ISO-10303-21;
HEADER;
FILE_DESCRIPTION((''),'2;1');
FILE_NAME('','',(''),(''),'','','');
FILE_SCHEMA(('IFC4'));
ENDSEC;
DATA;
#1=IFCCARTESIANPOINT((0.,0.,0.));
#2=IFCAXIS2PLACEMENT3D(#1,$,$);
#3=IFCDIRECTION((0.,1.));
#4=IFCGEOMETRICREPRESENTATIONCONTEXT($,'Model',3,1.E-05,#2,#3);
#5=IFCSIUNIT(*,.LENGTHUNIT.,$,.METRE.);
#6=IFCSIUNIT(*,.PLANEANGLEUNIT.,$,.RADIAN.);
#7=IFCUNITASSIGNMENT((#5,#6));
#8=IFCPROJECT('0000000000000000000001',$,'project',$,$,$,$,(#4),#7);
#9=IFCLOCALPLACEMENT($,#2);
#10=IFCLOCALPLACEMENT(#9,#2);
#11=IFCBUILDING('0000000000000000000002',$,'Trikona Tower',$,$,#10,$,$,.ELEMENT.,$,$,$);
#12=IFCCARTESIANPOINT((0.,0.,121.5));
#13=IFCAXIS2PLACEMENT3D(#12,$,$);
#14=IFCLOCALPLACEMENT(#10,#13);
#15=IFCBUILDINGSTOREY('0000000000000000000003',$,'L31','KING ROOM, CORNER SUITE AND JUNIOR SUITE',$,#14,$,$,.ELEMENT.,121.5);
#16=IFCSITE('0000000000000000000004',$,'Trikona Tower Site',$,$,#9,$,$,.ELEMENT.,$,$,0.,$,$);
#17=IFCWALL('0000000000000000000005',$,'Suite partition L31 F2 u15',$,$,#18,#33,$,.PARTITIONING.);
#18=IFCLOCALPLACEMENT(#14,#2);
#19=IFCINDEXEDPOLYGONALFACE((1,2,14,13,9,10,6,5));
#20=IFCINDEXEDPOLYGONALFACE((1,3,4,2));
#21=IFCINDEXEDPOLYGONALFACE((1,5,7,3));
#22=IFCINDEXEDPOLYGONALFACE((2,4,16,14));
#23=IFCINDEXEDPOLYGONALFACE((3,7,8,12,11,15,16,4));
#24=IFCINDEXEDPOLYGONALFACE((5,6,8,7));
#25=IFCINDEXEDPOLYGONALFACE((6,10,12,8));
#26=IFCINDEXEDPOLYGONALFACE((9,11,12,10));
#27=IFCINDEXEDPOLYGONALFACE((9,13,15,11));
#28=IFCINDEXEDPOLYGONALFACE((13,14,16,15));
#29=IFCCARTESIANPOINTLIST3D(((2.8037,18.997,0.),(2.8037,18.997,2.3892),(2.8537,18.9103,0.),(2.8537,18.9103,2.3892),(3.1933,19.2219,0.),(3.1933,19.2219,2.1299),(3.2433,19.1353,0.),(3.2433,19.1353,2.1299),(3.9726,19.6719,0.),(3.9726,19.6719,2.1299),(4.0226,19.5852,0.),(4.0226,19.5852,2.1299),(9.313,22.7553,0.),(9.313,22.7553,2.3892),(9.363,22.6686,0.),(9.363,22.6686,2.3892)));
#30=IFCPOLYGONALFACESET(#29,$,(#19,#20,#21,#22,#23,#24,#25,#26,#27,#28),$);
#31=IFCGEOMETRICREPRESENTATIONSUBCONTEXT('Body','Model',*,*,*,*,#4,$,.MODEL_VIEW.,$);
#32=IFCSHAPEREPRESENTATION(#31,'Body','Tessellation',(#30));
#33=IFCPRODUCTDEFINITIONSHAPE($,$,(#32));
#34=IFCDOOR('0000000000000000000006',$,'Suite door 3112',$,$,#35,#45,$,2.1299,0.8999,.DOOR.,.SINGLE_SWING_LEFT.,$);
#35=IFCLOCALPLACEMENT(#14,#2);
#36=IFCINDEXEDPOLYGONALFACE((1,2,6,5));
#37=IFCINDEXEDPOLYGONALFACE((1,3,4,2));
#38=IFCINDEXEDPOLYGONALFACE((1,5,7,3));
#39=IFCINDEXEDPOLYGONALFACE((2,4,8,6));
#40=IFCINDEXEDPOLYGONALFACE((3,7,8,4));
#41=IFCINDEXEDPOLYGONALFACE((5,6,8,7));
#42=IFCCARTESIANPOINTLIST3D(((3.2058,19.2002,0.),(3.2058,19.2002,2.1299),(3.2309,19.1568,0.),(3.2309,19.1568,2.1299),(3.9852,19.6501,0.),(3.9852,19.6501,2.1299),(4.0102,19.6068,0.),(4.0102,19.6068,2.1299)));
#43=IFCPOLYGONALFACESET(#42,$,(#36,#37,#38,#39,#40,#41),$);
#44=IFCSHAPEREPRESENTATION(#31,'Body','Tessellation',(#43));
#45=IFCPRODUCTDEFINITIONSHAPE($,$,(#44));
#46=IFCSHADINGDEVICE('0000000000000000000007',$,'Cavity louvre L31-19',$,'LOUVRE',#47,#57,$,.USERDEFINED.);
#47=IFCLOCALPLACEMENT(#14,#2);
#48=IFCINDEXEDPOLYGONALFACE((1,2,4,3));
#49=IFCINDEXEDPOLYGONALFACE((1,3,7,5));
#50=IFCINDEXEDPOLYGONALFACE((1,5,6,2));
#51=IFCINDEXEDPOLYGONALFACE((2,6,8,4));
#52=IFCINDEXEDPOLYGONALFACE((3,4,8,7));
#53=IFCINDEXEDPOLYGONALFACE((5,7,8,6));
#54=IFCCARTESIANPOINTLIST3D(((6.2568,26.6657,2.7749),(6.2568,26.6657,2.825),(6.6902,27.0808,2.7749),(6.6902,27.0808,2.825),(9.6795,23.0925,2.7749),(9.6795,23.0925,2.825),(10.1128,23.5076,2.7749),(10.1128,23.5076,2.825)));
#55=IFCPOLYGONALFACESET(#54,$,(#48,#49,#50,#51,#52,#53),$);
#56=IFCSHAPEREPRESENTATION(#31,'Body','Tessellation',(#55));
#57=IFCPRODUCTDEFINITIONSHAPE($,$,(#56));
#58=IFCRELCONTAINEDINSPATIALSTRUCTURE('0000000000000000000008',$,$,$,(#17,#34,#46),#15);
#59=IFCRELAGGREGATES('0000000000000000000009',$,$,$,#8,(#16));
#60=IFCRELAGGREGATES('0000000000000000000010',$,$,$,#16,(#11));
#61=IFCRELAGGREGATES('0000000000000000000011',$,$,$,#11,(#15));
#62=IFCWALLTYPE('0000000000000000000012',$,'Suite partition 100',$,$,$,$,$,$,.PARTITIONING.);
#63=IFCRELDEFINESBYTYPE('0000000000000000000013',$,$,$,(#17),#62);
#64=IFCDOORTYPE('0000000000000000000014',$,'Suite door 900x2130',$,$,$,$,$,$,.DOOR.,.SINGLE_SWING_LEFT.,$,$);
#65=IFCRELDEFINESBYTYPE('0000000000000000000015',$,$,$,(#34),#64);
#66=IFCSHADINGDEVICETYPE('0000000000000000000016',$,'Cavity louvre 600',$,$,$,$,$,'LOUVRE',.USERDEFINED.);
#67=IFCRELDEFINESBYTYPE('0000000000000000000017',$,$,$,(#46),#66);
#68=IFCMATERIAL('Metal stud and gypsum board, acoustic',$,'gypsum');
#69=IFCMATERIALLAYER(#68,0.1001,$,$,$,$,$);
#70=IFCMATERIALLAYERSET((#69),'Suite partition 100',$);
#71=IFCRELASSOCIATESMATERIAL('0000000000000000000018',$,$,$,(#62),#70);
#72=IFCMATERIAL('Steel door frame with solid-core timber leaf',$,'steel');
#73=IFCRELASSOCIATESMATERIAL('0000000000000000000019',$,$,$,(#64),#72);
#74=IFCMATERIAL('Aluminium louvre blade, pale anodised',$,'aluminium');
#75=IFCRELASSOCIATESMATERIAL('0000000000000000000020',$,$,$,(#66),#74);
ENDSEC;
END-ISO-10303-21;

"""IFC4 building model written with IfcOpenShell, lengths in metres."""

from ifc_helpers import new_model, si_unit, direction, frame, frame_2d, origin, origin_2d, place, context, subcontext, project, spatial, rectangle, extrude, material, layer, layer_set, type_object, element, fill, save


model = new_model("IFC4")

# Units and contexts
model_context = context("Model", 3, precision=1e-05, world=origin(), true_north=direction((0.0, 1.0)))
body_context = subcontext(model_context, "Body", "Model", "MODEL_VIEW")
ifc_project = project(units=[si_unit("LENGTHUNIT", "METRE"), si_unit("PLANEANGLEUNIT", "RADIAN")], contexts=[model_context])

# Site, building, storey
site_placement = place(None, origin())
site = spatial("IfcSite", under=ifc_project, at=site_placement, Name="Trikona Tower Site", CompositionType="ELEMENT", RefElevation=0.0)
building_placement = place(site_placement, origin())
building = spatial("IfcBuilding", under=site, at=building_placement, Name="Trikona Tower", CompositionType="ELEMENT")
storey_placement = place(building_placement, frame((0.0, 0.0, 121.5)))
storey = spatial("IfcBuildingStorey", under=building, at=storey_placement, Name="L31", Description="KING ROOM, CORNER SUITE AND JUNIOR SUITE", CompositionType="ELEMENT", Elevation=121.5)

# Wall, opening, door
ifc_material_1 = material(Name="Metal stud and gypsum board, acoustic", Category="gypsum")
ifc_layer_1 = layer(ifc_material_1, 0.1001)
ifc_layer_set_1 = layer_set([ifc_layer_1], Name="Suite partition 100")
wall_type_1 = type_object("IfcWallType", Name="Suite partition 100", PredefinedType="PARTITIONING", material=ifc_layer_set_1)
wall_1_placement = place(storey_placement, frame((2.8286, 18.9536, 0.0), z_axis=(0.0, 0.0, 1.0), x_axis=(0.866016, 0.500017, 0.0)))
wall_1 = element("IfcWall", 1, at=wall_1_placement, inside=storey, type_object=wall_type_1, Name="Suite partition L31 F2 u15", PredefinedType="PARTITIONING", context=body_context, shape_type="SweptSolid", body=[
    extrude(rectangle(XDim=7.5164, YDim=0.1001, at=frame_2d((3.7583, 0.0))), origin(), (0.0, 0.0, 1.0), 2.3892),
])
opening_1_placement = place(wall_1_placement, frame((0.45, 0.0, 0.0)))
opening_1 = element("IfcOpeningElement", 2, at=opening_1_placement, cuts=wall_1, PredefinedType="OPENING", context=body_context, shape_type="SweptSolid", body=[
    extrude(rectangle(XDim=0.8999, YDim=2.1299, at=frame_2d((0.45, 1.0649))), frame((0.0, 0.0601, 0.0), z_axis=(0.0, -1.0, 0.0), x_axis=(1.0, 0.0, 0.0)), (0.0, 0.0, 1.0), 0.1201),
])
ifc_material_2 = material(Name="Steel door frame with solid-core timber leaf", Category="steel")
door_type_1 = type_object("IfcDoorType", Name="Suite door 900x2130", OperationType="SINGLE_SWING_LEFT", PredefinedType="DOOR", material=ifc_material_2)
door_1_placement = place(opening_1_placement, origin())
door_1 = element("IfcDoor", 3, at=door_1_placement, inside=storey, type_object=door_type_1, Name="Suite door 3112", OperationType="SINGLE_SWING_LEFT", OverallHeight=2.1299, OverallWidth=0.8999, PredefinedType="DOOR", context=body_context, shape_type="SweptSolid", body=[
    extrude(rectangle(XDim=0.8999, YDim=2.1299, at=frame_2d((0.45, 1.0649))), frame((0.0, 0.0249, 0.0), z_axis=(0.0, -1.0, 0.0), x_axis=(1.0, 0.0, 0.0)), (0.0, 0.0, 1.0), 0.05),
])
fill(opening_1, door_1)

# Shading device
ifc_material_3 = material(Name="Aluminium louvre blade, pale anodised", Category="aluminium")
shading_device_type = type_object("IfcShadingDeviceType", Name="Cavity louvre 600", ElementType="LOUVRE", PredefinedType="USERDEFINED", material=ifc_material_3)
shading_device_placement = place(storey_placement, frame((8.1848, 25.0867, 2.7749), z_axis=(0.0, 0.0, 1.0), x_axis=(-0.691724, 0.722162, 0.0)))
element("IfcShadingDevice", 4, at=shading_device_placement, inside=storey, type_object=shading_device_type, Name="Cavity louvre L31-19", ObjectType="LOUVRE", PredefinedType="USERDEFINED", context=body_context, shape_type="SweptSolid", body=[
    extrude(rectangle(XDim=4.948, YDim=0.6001, at=origin_2d()), origin(), (0.0, 0.0, 1.0), 0.05),
])

save(model, "model.ifc")
